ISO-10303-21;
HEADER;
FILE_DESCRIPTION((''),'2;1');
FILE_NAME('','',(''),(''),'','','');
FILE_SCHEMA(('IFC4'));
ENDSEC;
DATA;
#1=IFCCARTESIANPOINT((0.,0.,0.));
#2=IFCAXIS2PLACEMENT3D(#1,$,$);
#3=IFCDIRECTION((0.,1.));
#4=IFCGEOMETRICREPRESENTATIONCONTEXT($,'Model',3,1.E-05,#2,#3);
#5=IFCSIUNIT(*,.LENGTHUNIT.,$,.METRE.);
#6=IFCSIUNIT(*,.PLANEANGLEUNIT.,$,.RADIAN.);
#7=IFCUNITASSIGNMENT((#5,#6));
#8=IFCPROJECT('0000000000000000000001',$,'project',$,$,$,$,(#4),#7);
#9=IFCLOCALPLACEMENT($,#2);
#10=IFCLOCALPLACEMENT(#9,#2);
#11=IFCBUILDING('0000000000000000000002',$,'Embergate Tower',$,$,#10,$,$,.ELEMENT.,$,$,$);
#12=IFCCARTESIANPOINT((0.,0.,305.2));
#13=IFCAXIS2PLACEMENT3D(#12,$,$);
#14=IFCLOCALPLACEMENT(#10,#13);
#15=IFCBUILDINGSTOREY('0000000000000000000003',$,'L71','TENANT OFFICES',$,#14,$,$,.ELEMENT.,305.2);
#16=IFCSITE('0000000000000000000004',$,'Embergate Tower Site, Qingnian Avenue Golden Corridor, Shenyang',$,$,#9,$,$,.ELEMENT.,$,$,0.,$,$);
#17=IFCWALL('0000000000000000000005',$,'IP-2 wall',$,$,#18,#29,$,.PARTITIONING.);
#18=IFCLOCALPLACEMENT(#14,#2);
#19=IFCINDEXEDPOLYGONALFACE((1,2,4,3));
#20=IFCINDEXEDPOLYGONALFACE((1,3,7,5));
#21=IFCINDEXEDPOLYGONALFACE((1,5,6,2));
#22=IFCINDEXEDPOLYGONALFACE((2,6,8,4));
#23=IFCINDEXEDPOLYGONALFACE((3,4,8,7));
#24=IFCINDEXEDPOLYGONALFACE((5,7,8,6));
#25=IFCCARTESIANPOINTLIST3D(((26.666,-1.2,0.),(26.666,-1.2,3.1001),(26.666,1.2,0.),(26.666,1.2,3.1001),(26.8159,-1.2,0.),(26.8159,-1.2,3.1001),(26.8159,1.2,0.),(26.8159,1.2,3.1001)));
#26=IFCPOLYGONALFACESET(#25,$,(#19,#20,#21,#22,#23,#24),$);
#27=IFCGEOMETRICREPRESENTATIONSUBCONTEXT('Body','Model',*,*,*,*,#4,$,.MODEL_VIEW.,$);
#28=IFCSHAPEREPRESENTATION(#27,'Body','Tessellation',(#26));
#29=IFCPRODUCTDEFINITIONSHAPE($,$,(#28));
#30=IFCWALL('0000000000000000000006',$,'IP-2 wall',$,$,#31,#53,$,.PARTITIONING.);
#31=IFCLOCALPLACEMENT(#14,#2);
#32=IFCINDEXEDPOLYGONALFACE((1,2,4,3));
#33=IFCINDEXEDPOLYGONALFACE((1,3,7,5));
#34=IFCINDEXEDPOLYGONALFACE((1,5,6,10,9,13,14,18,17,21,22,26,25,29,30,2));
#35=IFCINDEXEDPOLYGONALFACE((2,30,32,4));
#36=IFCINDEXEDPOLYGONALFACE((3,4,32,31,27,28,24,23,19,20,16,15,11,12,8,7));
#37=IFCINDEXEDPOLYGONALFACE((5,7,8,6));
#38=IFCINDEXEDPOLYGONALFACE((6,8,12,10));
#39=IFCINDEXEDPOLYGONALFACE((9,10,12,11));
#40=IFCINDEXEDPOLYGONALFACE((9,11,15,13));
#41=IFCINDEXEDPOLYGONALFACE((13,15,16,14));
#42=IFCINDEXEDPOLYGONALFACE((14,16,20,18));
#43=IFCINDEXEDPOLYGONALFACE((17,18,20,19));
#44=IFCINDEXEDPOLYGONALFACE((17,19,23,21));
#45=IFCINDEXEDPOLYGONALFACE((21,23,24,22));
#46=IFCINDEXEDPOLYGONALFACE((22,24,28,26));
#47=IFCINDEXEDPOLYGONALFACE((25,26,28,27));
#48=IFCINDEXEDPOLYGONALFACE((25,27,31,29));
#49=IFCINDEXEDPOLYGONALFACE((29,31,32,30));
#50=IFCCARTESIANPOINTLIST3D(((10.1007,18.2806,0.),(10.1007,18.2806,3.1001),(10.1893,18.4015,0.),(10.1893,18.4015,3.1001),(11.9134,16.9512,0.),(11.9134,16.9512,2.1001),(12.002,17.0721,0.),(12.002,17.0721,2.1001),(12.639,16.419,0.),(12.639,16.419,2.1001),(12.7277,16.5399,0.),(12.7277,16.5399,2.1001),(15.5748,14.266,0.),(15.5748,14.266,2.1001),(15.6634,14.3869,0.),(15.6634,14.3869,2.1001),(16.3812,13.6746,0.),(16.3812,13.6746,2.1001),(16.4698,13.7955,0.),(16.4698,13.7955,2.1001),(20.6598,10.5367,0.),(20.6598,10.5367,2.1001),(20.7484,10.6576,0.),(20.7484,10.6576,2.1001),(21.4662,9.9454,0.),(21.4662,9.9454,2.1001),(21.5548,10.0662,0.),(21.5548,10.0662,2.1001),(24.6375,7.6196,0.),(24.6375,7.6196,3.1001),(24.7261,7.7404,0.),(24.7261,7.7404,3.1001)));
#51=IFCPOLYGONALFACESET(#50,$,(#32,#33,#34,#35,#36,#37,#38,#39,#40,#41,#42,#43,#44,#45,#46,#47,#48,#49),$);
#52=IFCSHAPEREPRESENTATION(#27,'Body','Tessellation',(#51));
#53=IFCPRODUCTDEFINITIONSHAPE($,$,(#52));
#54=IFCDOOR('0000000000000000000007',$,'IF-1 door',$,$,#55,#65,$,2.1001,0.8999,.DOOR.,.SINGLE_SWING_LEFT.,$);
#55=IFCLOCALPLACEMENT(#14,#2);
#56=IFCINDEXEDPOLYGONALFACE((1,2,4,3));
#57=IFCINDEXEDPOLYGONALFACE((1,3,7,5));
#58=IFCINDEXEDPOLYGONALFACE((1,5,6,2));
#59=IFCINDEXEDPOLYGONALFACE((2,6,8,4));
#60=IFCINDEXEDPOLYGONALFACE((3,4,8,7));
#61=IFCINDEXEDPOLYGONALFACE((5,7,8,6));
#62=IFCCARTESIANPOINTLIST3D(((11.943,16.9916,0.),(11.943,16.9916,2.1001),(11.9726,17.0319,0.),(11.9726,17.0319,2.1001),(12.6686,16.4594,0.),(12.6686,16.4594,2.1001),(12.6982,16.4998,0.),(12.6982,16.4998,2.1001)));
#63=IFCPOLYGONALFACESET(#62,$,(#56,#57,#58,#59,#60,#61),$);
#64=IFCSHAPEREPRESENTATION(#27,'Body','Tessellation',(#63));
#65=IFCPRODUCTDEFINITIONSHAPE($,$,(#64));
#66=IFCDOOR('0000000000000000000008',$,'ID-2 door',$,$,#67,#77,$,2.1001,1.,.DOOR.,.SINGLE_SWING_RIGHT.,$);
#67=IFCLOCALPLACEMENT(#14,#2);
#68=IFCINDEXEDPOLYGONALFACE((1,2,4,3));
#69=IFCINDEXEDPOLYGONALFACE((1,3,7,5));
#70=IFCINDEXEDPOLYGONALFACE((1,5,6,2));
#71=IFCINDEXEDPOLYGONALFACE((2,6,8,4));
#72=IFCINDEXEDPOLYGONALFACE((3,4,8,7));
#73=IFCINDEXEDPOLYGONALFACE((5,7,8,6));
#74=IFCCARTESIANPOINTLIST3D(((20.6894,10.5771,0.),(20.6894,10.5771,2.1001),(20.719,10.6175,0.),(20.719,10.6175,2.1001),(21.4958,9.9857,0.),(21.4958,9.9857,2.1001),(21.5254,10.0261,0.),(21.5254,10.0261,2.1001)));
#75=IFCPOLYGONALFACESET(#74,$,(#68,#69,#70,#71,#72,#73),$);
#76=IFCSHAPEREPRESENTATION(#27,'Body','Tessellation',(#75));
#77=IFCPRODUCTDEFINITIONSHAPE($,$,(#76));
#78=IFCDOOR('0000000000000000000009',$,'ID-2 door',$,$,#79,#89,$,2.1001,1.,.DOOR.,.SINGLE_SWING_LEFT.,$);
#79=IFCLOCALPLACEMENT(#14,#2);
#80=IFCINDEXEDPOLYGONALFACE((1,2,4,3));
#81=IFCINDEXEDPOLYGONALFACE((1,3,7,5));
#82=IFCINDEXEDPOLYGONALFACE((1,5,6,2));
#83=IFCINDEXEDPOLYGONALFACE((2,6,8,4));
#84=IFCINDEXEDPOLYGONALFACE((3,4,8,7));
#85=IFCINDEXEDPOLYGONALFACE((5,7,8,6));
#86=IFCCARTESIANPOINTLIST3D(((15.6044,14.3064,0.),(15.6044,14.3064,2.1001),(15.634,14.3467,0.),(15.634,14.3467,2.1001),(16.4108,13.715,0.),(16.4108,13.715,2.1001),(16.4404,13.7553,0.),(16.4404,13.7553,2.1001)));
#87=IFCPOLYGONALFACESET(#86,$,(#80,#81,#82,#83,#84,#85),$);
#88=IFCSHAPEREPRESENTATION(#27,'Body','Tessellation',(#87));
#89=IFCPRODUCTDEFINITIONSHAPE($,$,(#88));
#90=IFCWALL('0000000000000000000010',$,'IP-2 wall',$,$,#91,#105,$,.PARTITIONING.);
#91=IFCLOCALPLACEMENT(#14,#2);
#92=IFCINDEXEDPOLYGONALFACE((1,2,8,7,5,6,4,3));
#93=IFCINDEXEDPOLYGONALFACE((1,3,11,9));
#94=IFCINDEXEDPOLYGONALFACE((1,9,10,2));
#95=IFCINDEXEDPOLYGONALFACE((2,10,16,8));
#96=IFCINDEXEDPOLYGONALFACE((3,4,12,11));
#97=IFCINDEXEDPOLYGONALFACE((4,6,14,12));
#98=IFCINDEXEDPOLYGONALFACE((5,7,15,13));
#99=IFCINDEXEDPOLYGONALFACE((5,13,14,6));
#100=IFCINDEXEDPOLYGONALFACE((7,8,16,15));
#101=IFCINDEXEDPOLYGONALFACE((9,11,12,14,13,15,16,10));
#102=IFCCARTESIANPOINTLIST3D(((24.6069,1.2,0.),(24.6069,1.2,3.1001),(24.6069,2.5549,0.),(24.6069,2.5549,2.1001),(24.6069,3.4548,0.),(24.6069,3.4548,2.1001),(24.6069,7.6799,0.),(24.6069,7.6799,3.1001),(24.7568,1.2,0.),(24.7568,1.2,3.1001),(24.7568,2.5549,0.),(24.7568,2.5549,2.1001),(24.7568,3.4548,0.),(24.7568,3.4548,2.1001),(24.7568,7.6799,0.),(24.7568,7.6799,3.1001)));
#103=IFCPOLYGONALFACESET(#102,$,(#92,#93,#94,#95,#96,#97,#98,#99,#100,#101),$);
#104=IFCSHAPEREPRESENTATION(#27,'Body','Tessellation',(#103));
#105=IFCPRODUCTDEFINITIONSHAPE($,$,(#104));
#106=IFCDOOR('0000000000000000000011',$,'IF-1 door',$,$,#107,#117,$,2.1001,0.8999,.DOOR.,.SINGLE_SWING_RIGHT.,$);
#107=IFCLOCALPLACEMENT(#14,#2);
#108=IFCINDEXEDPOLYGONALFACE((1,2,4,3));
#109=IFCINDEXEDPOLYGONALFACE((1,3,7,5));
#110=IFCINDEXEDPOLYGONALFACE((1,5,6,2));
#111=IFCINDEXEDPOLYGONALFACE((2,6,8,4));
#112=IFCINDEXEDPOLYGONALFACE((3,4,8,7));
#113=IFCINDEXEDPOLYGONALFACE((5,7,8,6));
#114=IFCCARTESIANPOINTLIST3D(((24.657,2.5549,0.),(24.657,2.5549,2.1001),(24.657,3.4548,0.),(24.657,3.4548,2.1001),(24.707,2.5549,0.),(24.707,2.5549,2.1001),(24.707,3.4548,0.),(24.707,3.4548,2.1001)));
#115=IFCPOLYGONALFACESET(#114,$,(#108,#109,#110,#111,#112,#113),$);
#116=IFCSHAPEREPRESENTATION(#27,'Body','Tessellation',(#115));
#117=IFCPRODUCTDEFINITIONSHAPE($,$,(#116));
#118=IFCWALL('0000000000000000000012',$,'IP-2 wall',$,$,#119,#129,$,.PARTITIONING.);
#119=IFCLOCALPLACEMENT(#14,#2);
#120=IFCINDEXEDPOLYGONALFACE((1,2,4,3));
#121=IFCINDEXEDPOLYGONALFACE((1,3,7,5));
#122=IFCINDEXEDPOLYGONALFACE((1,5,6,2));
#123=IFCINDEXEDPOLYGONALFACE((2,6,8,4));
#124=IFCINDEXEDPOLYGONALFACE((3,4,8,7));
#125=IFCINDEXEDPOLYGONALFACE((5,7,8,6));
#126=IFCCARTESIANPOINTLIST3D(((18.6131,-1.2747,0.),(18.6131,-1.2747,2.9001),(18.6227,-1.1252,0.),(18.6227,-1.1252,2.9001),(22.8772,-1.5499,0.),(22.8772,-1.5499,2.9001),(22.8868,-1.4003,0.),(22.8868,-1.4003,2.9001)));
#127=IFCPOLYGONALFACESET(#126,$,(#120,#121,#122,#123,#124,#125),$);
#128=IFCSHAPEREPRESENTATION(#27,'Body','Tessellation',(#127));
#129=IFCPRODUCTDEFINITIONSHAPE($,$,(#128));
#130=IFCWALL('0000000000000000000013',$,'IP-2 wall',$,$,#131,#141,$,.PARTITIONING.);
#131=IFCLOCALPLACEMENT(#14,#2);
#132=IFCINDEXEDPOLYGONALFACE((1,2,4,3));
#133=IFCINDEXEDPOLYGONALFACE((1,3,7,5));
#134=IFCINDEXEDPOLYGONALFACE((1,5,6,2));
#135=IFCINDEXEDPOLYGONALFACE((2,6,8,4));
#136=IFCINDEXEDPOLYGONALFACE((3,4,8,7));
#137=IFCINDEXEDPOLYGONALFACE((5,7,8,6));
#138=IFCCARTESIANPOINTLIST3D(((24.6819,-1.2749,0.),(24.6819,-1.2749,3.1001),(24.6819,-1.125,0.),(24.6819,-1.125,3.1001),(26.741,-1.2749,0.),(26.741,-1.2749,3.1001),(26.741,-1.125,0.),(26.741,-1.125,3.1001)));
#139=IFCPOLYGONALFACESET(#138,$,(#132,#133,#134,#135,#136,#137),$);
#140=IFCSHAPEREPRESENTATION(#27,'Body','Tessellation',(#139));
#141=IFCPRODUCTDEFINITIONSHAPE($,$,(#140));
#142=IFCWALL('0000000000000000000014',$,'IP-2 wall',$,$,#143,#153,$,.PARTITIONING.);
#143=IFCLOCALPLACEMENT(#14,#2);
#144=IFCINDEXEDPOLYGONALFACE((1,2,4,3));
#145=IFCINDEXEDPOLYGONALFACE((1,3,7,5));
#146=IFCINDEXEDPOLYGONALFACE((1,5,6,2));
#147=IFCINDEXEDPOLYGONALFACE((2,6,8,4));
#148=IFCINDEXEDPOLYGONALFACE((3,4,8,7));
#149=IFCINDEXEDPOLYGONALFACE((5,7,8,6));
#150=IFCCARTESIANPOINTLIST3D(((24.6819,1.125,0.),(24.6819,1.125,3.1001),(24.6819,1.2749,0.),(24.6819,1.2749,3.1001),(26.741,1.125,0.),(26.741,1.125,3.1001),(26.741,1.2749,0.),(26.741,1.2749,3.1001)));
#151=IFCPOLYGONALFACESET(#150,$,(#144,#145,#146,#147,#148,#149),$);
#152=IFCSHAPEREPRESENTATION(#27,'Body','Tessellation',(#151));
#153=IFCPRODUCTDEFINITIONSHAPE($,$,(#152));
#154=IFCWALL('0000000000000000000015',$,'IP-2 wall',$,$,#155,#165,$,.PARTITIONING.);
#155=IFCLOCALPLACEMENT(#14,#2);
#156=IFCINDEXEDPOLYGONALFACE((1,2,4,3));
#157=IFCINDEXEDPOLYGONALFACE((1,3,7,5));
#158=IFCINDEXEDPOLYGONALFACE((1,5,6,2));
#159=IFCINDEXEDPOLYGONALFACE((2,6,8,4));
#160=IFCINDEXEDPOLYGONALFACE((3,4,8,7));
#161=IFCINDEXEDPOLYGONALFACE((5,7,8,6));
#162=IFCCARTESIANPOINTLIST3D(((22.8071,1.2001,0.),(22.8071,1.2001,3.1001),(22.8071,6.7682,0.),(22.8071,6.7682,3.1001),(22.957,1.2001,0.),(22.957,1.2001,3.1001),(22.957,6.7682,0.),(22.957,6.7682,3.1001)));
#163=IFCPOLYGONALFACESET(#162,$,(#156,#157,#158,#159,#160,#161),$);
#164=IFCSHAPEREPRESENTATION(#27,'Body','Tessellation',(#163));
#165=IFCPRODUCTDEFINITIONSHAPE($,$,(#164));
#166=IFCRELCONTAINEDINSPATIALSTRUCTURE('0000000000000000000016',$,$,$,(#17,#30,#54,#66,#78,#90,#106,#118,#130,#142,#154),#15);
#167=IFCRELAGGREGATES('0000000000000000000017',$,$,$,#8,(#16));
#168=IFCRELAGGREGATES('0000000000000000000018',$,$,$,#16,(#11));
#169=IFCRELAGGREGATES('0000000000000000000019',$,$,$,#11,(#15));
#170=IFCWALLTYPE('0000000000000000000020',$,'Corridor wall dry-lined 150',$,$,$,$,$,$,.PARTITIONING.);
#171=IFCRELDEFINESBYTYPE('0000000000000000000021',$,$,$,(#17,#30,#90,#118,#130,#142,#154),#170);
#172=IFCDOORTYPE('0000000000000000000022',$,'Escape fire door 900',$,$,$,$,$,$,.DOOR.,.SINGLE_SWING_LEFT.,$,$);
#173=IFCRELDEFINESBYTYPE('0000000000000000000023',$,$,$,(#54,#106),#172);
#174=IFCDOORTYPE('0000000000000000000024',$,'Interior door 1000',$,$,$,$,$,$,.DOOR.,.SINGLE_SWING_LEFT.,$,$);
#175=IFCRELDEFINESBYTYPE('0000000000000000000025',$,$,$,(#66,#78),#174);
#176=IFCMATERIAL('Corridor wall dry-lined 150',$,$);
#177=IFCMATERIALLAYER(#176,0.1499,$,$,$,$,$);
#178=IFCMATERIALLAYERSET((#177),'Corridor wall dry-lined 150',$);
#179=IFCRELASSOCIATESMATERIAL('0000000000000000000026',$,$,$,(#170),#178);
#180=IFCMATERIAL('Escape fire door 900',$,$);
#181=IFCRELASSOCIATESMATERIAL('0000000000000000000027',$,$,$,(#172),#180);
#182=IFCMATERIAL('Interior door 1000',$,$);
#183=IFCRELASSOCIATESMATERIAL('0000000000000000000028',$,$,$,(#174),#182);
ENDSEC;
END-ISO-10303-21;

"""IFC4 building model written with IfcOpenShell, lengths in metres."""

from ifc_helpers import new_model, si_unit, direction, frame, frame_2d, origin, place, context, subcontext, project, spatial, rectangle, extrude, source, transform, mapped, material, layer, layer_set, type_object, element, fill, save


model = new_model("IFC4")

# Units and contexts
model_context = context("Model", 3, precision=1e-05, world=origin(), true_north=direction((0.0, 1.0)))
body_context = subcontext(model_context, "Body", "Model", "MODEL_VIEW")
ifc_project = project(units=[si_unit("LENGTHUNIT", "METRE"), si_unit("PLANEANGLEUNIT", "RADIAN")], contexts=[model_context])

# Site, building, storey
site_placement = place(None, origin())
site = spatial("IfcSite", under=ifc_project, at=site_placement, Name="Embergate Tower Site, Qingnian Avenue Golden Corridor, Shenyang", CompositionType="ELEMENT", RefElevation=0.0)
building_placement = place(site_placement, origin())
building = spatial("IfcBuilding", under=site, at=building_placement, Name="Embergate Tower", CompositionType="ELEMENT")
storey_placement = place(building_placement, frame((0.0, 0.0, 305.2)))
storey = spatial("IfcBuildingStorey", under=building, at=storey_placement, Name="L71", Description="TENANT OFFICES", CompositionType="ELEMENT", Elevation=305.2)

# Wall
ifc_material_1 = material(Name="Corridor wall dry-lined 150")
ifc_layer_1 = layer(ifc_material_1, 0.1499)
ifc_layer_set_1 = layer_set([ifc_layer_1], Name="Corridor wall dry-lined 150")
wall_type_1 = type_object("IfcWallType", Name="Corridor wall dry-lined 150", PredefinedType="PARTITIONING", material=ifc_layer_set_1)
shared_shape_1 = source(origin(), body_context, "Body", "SweptSolid", [
    extrude(rectangle(XDim=2.3999, YDim=0.1499, at=frame_2d((1.2, 0.0))), origin(), (0.0, 0.0, 1.0), 3.1001),
])
wall_1_placement = place(storey_placement, frame((26.741, -1.2, 0.0), z_axis=(0.0, 0.0, 1.0), x_axis=(0.0, 1.0, 0.0)))
element("IfcWall", 1, at=wall_1_placement, inside=storey, type_object=wall_type_1, Name="IP-2 wall", PredefinedType="PARTITIONING", context=body_context, shape_type="MappedRepresentation", body=[
    mapped(shared_shape_1, transform((0.0, 0.0, 0.0))),
])

# Wall, openings, doors
shared_shape_2 = source(origin(), body_context, "Body", "SweptSolid", [
    extrude(rectangle(XDim=18.0271, YDim=0.1499, at=frame_2d((9.0137, 0.0))), origin(), (0.0, 0.0, 1.0), 3.1001),
])
wall_2_placement = place(storey_placement, frame((24.6819, 7.6799, 0.0), z_axis=(0.0, 0.0, 1.0), x_axis=(-0.806385, 0.591391, 0.0)))
wall_2 = element("IfcWall", 2, at=wall_2_placement, inside=storey, type_object=wall_type_1, Name="IP-2 wall", PredefinedType="PARTITIONING", context=body_context, shape_type="MappedRepresentation", body=[
    mapped(shared_shape_2, transform((0.0, 0.0, 0.0))),
])
shared_shape_3 = source(origin(), body_context, "Body", "SweptSolid", [
    extrude(rectangle(XDim=1.0, YDim=2.1001, at=frame_2d((0.5, 1.05))), frame((0.0, 0.085, 0.0), z_axis=(0.0, -1.0, 0.0), x_axis=(1.0, 0.0, 0.0)), (0.0, 0.0, 1.0), 0.1699),
])
opening_1_placement = place(wall_2_placement, frame((3.9329, 0.0, 0.0)))
opening_1 = element("IfcOpeningElement", 3, at=opening_1_placement, cuts=wall_2, PredefinedType="OPENING", context=body_context, shape_type="MappedRepresentation", body=[
    mapped(shared_shape_3, transform((0.0, 0.0, 0.0))),
])
opening_2_placement = place(wall_2_placement, frame((10.2388, 0.0, 0.0)))
opening_2 = element("IfcOpeningElement", 4, at=opening_2_placement, cuts=wall_2, PredefinedType="OPENING", context=body_context, shape_type="MappedRepresentation", body=[
    mapped(shared_shape_3, transform((0.0, 0.0, 0.0))),
])
shared_shape_4 = source(origin(), body_context, "Body", "SweptSolid", [
    extrude(rectangle(XDim=0.8999, YDim=2.1001, at=frame_2d((0.45, 1.05))), frame((0.0, 0.085, 0.0), z_axis=(0.0, -1.0, 0.0), x_axis=(1.0, 0.0, 0.0)), (0.0, 0.0, 1.0), 0.1699),
])
opening_3_placement = place(wall_2_placement, frame((14.8794, 0.0, 0.0)))
opening_3 = element("IfcOpeningElement", 5, at=opening_3_placement, cuts=wall_2, PredefinedType="OPENING", context=body_context, shape_type="MappedRepresentation", body=[
    mapped(shared_shape_4, transform((0.0, 0.0, 0.0))),
])
ifc_material_2 = material(Name="Escape fire door 900")
door_type_1 = type_object("IfcDoorType", Name="Escape fire door 900", OperationType="SINGLE_SWING_LEFT", PredefinedType="DOOR", material=ifc_material_2)
shared_shape_5 = source(origin(), body_context, "Body", "SweptSolid", [
    extrude(rectangle(XDim=0.8999, YDim=2.1001, at=frame_2d((0.45, 1.05))), frame((0.0, 0.0249, 0.0), z_axis=(0.0, -1.0, 0.0), x_axis=(1.0, 0.0, 0.0)), (0.0, 0.0, 1.0), 0.05),
])
door_1_placement = place(opening_3_placement, origin())
door_1 = element("IfcDoor", 6, at=door_1_placement, inside=storey, type_object=door_type_1, Name="IF-1 door", OperationType="SINGLE_SWING_LEFT", OverallHeight=2.1001, OverallWidth=0.8999, PredefinedType="DOOR", context=body_context, shape_type="MappedRepresentation", body=[
    mapped(shared_shape_5, transform((0.0, 0.0, 0.0))),
])
fill(opening_3, door_1)
ifc_material_3 = material(Name="Interior door 1000")
door_type_2 = type_object("IfcDoorType", Name="Interior door 1000", OperationType="SINGLE_SWING_LEFT", PredefinedType="DOOR", material=ifc_material_3)
shared_shape_6 = source(origin(), body_context, "Body", "SweptSolid", [
    extrude(rectangle(XDim=1.0, YDim=2.1001, at=frame_2d((0.5, 1.05))), frame((0.0, 0.0249, 0.0), z_axis=(0.0, -1.0, 0.0), x_axis=(1.0, 0.0, 0.0)), (0.0, 0.0, 1.0), 0.05),
])
door_2_placement = place(opening_1_placement, origin())
door_2 = element("IfcDoor", 7, at=door_2_placement, inside=storey, type_object=door_type_2, Name="ID-2 door", OperationType="SINGLE_SWING_RIGHT", OverallHeight=2.1001, OverallWidth=1.0, PredefinedType="DOOR", context=body_context, shape_type="MappedRepresentation", body=[
    mapped(shared_shape_6, transform((0.0, 0.0, 0.0))),
])
fill(opening_1, door_2)
door_3_placement = place(opening_2_placement, origin())
door_3 = element("IfcDoor", 8, at=door_3_placement, inside=storey, type_object=door_type_2, Name="ID-2 door", OperationType="SINGLE_SWING_LEFT", OverallHeight=2.1001, OverallWidth=1.0, PredefinedType="DOOR", context=body_context, shape_type="MappedRepresentation", body=[
    mapped(shared_shape_6, transform((0.0, 0.0, 0.0))),
])
fill(opening_2, door_3)

# Wall, opening, door
shared_shape_7 = source(origin(), body_context, "Body", "SweptSolid", [
    extrude(rectangle(XDim=6.48, YDim=0.1499, at=frame_2d((3.24, 0.0))), origin(), (0.0, 0.0, 1.0), 3.1001),
])
wall_3_placement = place(storey_placement, frame((24.6819, 1.2, 0.0), z_axis=(0.0, 0.0, 1.0), x_axis=(0.0, 1.0, 0.0)))
wall_3 = element("IfcWall", 9, at=wall_3_placement, inside=storey, type_object=wall_type_1, Name="IP-2 wall", PredefinedType="PARTITIONING", context=body_context, shape_type="MappedRepresentation", body=[
    mapped(shared_shape_7, transform((0.0, 0.0, 0.0))),
])
opening_4_placement = place(wall_3_placement, frame((1.355, 0.0, 0.0)))
opening_4 = element("IfcOpeningElement", 10, at=opening_4_placement, cuts=wall_3, PredefinedType="OPENING", context=body_context, shape_type="MappedRepresentation", body=[
    mapped(shared_shape_4, transform((0.0, 0.0, 0.0))),
])
door_4_placement = place(opening_4_placement, origin())
door_4 = element("IfcDoor", 11, at=door_4_placement, inside=storey, type_object=door_type_1, Name="IF-1 door", OperationType="SINGLE_SWING_RIGHT", OverallHeight=2.1001, OverallWidth=0.8999, PredefinedType="DOOR", context=body_context, shape_type="MappedRepresentation", body=[
    mapped(shared_shape_5, transform((0.0, 0.0, 0.0))),
])
fill(opening_4, door_4)

# Walls
shared_shape_8 = source(origin(), body_context, "Body", "SweptSolid", [
    extrude(rectangle(XDim=4.2729, YDim=0.1499, at=frame_2d((2.1365, 0.0))), origin(), (0.0, 0.0, 1.0), 2.9001),
])
wall_4_placement = place(storey_placement, frame((18.6179, -1.2, 0.0), z_axis=(0.0, 0.0, 1.0), x_axis=(0.997925, -0.064391, 0.0)))
element("IfcWall", 12, at=wall_4_placement, inside=storey, type_object=wall_type_1, Name="IP-2 wall", PredefinedType="PARTITIONING", context=body_context, shape_type="MappedRepresentation", body=[
    mapped(shared_shape_8, transform((0.0, 0.0, 0.0))),
])
shared_shape_9 = source(origin(), body_context, "Body", "SweptSolid", [
    extrude(rectangle(XDim=2.0591, YDim=0.1499, at=frame_2d((1.0295, 0.0))), origin(), (0.0, 0.0, 1.0), 3.1001),
])
for number, where, z_axis, x_axis, name in (
    (13, (24.6819, -1.2, 0.0), (0.0, 0.0, 1.0), (1.0, 0.0, 0.0), "IP-2 wall"),
    (14, (26.741, 1.2, 0.0), (0.0, 0.0, 1.0), (-1.0, 0.0, 0.0), "IP-2 wall"),
):
    element("IfcWall", number, at=place(storey_placement, frame(where, z_axis=z_axis, x_axis=x_axis)), inside=storey, type_object=wall_type_1, Name=name, PredefinedType="PARTITIONING", context=body_context, shape_type="MappedRepresentation", body=[
        mapped(shared_shape_9, transform((0.0, 0.0, 0.0))),
    ])
shared_shape_10 = source(origin(), body_context, "Body", "SweptSolid", [
    extrude(rectangle(XDim=5.5681, YDim=0.1499, at=frame_2d((2.7842, 0.0))), origin(), (0.0, 0.0, 1.0), 3.1001),
])
wall_5_placement = place(storey_placement, frame((22.8821, 1.2, 0.0), z_axis=(0.0, 0.0, 1.0), x_axis=(0.0, 1.0, 0.0)))
element("IfcWall", 15, at=wall_5_placement, inside=storey, type_object=wall_type_1, Name="IP-2 wall", PredefinedType="PARTITIONING", context=body_context, shape_type="MappedRepresentation", body=[
    mapped(shared_shape_10, transform((0.0, 0.0, 0.0))),
])

save(model, "model.ifc")
